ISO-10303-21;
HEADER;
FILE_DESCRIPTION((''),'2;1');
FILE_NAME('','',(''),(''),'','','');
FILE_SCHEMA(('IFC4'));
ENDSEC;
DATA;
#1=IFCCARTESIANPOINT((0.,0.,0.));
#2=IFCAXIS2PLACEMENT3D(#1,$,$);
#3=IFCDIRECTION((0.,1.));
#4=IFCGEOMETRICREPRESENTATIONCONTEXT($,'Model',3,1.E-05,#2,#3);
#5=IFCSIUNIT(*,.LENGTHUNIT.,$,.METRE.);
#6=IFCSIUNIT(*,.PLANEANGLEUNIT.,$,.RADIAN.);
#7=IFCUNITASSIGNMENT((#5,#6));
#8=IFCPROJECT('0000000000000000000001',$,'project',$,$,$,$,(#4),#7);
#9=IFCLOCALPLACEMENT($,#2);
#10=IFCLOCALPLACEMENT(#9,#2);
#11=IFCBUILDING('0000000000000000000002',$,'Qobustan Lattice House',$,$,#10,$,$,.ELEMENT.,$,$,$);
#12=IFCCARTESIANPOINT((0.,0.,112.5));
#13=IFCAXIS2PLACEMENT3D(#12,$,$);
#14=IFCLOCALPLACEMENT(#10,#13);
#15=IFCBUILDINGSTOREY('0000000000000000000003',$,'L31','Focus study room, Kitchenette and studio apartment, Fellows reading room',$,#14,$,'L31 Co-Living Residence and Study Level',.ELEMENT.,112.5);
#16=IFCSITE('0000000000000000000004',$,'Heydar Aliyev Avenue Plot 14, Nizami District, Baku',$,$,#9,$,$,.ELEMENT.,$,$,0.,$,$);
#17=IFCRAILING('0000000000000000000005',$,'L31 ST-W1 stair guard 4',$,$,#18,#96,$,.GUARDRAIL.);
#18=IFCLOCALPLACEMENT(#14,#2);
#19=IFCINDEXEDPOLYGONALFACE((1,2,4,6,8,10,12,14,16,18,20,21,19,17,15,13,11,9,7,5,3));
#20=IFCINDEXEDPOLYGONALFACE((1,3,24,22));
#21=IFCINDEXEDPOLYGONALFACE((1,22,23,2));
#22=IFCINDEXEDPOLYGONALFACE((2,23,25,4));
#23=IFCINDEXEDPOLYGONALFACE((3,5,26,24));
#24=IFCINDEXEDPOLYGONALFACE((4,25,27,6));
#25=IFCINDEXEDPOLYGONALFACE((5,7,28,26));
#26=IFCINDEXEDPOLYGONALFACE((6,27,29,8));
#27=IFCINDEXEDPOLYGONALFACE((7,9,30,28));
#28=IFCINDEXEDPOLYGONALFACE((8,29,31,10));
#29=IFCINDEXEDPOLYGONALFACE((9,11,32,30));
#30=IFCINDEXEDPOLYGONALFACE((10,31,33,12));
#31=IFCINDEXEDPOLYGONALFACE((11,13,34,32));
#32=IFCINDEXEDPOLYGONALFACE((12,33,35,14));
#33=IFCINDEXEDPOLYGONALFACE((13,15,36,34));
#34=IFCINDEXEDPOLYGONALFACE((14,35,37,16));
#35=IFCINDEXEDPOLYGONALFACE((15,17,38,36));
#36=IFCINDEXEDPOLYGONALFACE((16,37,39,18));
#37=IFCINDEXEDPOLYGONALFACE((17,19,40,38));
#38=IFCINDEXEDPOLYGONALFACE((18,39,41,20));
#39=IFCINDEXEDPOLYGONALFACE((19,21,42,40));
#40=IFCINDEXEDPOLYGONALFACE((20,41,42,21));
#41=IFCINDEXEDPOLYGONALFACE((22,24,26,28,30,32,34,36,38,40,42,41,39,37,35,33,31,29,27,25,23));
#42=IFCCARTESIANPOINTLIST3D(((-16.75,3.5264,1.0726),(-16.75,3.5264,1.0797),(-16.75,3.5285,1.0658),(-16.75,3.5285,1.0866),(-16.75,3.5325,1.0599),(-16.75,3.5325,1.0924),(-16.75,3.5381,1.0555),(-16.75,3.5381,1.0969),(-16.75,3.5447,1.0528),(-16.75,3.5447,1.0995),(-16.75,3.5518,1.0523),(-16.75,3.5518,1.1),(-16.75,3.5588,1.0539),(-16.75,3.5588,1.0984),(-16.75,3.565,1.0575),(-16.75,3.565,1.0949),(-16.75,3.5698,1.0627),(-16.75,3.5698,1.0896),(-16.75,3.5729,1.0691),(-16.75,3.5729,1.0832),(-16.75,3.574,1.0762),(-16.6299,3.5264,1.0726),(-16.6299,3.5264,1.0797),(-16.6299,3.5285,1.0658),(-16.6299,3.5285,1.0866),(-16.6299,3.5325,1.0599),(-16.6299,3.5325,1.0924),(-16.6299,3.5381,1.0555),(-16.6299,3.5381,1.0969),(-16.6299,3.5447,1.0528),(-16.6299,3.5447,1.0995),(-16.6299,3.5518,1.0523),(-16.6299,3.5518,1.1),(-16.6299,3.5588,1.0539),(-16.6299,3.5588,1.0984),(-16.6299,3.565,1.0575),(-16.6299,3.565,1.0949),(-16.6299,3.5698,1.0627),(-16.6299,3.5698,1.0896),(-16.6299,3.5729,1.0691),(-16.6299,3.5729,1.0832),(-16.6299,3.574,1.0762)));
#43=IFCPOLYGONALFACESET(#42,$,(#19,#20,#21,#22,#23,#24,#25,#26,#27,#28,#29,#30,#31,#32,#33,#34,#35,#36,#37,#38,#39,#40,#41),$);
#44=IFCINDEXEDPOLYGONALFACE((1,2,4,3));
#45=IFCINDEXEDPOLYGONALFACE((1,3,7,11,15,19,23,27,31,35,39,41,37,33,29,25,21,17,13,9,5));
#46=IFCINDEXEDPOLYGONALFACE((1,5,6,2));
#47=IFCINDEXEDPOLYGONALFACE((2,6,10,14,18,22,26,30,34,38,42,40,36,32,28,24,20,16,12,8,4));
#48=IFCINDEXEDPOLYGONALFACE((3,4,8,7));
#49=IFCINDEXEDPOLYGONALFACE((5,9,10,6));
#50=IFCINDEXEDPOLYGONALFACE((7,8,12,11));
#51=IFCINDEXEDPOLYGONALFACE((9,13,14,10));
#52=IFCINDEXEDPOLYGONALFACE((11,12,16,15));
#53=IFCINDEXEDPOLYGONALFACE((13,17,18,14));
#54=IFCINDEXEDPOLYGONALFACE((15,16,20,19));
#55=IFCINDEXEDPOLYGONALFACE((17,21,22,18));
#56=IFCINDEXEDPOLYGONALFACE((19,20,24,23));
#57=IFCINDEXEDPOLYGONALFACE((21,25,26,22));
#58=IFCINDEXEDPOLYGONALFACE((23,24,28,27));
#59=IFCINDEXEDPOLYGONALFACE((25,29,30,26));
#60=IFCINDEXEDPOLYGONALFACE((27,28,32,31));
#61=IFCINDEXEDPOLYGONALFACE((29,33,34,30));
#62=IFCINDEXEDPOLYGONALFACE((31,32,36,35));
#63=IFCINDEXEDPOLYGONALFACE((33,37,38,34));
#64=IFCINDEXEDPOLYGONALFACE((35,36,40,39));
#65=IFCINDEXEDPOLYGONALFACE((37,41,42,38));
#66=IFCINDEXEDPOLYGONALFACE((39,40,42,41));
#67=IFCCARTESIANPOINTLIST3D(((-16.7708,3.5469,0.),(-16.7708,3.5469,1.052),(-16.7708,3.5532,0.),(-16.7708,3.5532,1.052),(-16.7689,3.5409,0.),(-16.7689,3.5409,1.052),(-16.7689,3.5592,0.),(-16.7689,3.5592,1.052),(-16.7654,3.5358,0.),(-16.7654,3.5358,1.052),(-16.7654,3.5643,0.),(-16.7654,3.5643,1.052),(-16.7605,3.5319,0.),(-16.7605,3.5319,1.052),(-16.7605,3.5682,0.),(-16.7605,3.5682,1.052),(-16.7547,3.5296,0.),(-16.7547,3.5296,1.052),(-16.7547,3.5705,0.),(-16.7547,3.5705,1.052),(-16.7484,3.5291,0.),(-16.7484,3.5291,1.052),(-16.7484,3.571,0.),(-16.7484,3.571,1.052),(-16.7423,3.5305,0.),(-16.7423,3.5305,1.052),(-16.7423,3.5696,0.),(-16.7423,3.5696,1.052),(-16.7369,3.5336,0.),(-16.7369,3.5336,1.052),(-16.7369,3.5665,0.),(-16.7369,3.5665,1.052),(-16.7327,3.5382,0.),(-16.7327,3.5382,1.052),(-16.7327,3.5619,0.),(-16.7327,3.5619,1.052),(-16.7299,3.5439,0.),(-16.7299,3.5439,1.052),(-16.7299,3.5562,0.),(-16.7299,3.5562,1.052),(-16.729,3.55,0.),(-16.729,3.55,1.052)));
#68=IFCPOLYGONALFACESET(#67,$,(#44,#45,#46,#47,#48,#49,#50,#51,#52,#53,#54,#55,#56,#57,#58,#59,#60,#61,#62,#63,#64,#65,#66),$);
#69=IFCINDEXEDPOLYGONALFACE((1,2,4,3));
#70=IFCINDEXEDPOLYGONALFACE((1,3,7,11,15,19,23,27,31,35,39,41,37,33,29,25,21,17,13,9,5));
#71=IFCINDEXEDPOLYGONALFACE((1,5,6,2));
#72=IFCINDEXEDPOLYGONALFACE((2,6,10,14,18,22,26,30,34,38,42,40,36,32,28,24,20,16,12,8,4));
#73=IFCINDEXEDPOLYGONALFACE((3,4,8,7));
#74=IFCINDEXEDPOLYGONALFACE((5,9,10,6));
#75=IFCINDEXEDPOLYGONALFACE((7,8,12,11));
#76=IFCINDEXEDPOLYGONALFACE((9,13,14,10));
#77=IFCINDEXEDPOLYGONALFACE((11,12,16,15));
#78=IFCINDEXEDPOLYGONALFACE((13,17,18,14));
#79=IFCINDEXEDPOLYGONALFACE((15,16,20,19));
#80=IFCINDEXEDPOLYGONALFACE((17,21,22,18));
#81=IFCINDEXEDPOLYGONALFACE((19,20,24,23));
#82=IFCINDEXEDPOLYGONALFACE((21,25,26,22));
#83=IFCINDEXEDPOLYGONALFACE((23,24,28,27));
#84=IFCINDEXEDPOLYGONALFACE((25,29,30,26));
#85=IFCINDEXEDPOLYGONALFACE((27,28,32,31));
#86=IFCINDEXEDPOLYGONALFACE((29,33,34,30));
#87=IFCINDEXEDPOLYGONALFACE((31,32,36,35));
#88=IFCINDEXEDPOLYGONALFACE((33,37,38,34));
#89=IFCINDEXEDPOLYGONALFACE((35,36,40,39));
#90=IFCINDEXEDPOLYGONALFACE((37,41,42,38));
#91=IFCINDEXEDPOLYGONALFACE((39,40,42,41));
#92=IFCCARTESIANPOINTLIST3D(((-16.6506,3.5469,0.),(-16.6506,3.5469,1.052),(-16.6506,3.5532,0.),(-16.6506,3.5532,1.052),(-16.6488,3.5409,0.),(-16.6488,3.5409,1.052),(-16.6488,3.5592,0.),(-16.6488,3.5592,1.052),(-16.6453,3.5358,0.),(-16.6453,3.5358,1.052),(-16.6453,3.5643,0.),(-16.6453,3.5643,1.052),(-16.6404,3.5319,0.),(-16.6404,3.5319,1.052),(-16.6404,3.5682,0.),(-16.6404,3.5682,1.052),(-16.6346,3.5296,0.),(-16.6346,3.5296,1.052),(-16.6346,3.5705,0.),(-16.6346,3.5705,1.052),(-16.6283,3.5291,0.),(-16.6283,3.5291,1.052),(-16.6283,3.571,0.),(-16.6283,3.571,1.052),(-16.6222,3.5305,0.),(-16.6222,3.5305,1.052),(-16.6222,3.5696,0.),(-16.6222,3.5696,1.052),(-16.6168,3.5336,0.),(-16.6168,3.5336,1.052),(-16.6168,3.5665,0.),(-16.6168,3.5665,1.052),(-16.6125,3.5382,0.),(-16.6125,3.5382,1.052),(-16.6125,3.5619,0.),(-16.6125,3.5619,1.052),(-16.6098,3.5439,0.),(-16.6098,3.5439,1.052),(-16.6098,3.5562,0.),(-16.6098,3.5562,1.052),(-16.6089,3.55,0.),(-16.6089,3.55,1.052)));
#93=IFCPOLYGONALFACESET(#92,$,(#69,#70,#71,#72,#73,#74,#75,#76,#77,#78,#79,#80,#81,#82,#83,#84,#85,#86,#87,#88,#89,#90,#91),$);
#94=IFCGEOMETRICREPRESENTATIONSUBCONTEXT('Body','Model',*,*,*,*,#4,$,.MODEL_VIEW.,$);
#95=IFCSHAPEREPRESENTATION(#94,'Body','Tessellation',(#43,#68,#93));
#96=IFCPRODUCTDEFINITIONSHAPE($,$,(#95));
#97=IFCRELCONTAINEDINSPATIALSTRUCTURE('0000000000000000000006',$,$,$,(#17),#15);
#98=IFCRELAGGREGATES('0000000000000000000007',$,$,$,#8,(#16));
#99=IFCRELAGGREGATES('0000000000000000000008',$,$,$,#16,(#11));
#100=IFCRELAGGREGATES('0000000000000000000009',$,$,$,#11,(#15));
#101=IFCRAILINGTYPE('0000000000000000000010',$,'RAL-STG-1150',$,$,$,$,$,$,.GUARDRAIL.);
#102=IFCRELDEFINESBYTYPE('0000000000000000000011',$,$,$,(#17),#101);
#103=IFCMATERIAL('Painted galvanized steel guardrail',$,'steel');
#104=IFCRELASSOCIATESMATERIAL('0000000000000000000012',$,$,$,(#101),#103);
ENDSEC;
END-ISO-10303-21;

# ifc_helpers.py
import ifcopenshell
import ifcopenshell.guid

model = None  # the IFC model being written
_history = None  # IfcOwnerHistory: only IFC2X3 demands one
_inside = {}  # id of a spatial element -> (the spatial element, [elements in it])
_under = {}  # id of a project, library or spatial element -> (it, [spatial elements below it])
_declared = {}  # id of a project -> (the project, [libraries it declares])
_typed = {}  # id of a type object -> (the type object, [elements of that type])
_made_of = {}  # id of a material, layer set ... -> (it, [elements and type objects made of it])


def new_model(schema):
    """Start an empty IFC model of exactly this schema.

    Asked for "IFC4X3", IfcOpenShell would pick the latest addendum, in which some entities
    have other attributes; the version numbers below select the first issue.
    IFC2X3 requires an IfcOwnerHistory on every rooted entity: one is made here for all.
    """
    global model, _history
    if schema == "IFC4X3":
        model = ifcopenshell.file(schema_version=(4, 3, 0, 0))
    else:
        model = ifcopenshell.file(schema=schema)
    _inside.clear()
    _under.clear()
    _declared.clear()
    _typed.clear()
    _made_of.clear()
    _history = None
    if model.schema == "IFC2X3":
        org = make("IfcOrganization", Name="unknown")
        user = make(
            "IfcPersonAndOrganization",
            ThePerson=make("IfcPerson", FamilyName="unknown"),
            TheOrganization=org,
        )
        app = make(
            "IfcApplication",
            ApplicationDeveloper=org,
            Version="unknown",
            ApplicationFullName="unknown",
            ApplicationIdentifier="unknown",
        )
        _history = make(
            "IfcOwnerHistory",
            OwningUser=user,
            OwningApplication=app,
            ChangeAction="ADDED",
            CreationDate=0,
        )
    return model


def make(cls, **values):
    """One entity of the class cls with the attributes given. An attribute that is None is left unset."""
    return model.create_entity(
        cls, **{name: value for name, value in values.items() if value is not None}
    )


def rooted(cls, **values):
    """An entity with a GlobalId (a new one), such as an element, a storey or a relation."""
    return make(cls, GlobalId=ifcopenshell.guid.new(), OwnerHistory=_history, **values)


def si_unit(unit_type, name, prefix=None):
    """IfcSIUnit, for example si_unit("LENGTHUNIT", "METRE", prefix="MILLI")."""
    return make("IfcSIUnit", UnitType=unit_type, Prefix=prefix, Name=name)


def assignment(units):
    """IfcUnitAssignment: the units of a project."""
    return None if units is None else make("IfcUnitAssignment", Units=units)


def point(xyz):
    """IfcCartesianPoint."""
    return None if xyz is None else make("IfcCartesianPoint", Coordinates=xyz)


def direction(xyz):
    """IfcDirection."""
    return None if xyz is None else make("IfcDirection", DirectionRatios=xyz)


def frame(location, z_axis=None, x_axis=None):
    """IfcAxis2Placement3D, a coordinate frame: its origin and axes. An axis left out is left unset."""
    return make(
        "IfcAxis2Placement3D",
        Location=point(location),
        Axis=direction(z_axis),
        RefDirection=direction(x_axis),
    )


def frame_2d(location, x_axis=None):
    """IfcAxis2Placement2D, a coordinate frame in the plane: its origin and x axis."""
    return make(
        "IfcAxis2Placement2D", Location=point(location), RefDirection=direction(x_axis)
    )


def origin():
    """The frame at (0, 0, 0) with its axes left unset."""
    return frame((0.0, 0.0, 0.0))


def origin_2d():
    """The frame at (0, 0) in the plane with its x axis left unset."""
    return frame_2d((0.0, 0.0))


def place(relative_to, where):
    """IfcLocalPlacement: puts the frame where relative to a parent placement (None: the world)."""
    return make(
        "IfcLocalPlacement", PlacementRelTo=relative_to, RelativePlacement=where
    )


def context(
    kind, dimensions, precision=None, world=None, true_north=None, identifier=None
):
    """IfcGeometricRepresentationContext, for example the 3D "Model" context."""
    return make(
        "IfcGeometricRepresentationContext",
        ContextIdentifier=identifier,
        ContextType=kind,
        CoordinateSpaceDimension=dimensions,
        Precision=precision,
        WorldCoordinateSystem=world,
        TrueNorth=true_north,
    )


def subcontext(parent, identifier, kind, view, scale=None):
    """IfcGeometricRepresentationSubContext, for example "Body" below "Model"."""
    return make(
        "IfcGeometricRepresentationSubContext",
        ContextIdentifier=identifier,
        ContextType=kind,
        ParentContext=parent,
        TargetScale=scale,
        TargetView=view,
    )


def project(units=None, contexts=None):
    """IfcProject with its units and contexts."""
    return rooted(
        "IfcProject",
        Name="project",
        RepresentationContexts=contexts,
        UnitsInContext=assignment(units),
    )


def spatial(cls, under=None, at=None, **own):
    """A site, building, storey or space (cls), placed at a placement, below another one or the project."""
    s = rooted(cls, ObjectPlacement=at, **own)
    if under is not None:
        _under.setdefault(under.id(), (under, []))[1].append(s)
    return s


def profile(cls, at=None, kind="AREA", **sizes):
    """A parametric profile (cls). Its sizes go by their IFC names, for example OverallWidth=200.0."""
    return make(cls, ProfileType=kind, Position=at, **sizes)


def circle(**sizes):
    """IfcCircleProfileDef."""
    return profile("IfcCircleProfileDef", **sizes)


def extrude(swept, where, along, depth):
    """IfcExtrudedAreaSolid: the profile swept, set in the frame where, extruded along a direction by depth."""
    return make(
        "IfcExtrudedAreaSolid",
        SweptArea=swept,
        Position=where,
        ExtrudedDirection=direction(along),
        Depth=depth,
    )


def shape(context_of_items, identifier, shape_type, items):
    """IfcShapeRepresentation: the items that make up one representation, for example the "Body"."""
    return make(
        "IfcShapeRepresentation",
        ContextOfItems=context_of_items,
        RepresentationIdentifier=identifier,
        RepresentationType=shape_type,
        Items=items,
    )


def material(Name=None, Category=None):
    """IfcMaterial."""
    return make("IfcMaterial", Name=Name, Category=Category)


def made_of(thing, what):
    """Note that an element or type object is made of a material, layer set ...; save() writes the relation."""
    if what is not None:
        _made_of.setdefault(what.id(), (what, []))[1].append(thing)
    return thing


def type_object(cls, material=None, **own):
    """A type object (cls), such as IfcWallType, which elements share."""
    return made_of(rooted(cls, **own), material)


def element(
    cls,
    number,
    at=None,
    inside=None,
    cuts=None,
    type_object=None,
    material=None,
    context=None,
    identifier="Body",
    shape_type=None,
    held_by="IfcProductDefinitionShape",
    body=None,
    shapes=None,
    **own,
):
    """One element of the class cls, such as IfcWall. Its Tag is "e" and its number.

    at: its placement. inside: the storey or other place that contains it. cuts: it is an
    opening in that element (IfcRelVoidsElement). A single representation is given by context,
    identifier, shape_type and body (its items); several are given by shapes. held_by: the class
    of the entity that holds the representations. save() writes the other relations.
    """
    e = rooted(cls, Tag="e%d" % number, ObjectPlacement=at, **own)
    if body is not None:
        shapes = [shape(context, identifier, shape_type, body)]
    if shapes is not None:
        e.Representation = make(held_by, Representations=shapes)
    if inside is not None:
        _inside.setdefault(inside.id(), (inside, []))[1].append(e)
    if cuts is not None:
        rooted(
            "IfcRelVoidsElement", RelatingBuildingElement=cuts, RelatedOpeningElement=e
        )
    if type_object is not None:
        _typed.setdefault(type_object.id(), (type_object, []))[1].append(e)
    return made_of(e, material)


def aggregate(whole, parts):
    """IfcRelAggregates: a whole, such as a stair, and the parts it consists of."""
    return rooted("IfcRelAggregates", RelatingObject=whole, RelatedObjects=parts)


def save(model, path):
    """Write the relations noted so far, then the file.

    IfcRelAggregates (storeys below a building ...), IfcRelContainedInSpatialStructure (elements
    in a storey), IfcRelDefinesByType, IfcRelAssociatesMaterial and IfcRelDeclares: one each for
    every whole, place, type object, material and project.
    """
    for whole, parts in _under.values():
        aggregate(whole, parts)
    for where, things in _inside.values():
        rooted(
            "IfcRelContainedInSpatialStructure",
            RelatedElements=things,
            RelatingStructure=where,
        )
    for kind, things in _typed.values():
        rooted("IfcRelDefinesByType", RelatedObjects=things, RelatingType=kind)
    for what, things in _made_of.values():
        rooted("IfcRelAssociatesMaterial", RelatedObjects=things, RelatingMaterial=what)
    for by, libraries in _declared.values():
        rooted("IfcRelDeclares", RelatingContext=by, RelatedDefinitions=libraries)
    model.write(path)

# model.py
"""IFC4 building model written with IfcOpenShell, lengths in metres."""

from ifc_helpers import new_model, si_unit, direction, frame, origin, origin_2d, place, context, subcontext, project, spatial, circle, extrude, material, type_object, element, save


model = new_model("IFC4")

# Units and contexts
model_context = context("Model", 3, precision=1e-05, world=origin(), true_north=direction((0.0, 1.0)))
body_context = subcontext(model_context, "Body", "Model", "MODEL_VIEW")
ifc_project = project(units=[si_unit("LENGTHUNIT", "METRE"), si_unit("PLANEANGLEUNIT", "RADIAN")], contexts=[model_context])

# Site, building, storey
site_placement = place(None, origin())
site = spatial("IfcSite", under=ifc_project, at=site_placement, Name="Heydar Aliyev Avenue Plot 14, Nizami District, Baku", CompositionType="ELEMENT", RefElevation=0.0)
building_placement = place(site_placement, origin())
building = spatial("IfcBuilding", under=site, at=building_placement, Name="Qobustan Lattice House", CompositionType="ELEMENT")
storey_placement = place(building_placement, frame((0.0, 0.0, 112.5)))
storey = spatial("IfcBuildingStorey", under=building, at=storey_placement, Name="L31", Description="Focus study room, Kitchenette and studio apartment, Fellows reading room", LongName="L31 Co-Living Residence and Study Level", CompositionType="ELEMENT", Elevation=112.5)

# Railing
ifc_material_1 = material(Name="Painted galvanized steel guardrail", Category="steel")
railing_type_1 = type_object("IfcRailingType", Name="RAL-STG-1150", PredefinedType="GUARDRAIL", material=ifc_material_1)
railing_1_placement = place(storey_placement, frame((-16.75, 3.55, 0.0)))
element("IfcRailing", 1, at=railing_1_placement, inside=storey, type_object=railing_type_1, Name="L31 ST-W1 stair guard 4", PredefinedType="GUARDRAIL", context=body_context, shape_type="SweptSolid", body=[
    extrude(circle(Radius=0.0239, at=origin_2d()), frame((0.0, 0.0, 1.0762), z_axis=(1.0, 0.0, 0.0), x_axis=(0.0, 1.0, 0.0)), (0.0, 0.0, 1.0), 0.1201),
    extrude(circle(Radius=0.021, at=origin_2d()), origin(), (0.0, 0.0, 1.0), 1.052),
    extrude(circle(Radius=0.021, at=origin_2d()), frame((0.1201, 0.0, 0.0)), (0.0, 0.0, 1.0), 1.052),
])

save(model, "model.ifc")
